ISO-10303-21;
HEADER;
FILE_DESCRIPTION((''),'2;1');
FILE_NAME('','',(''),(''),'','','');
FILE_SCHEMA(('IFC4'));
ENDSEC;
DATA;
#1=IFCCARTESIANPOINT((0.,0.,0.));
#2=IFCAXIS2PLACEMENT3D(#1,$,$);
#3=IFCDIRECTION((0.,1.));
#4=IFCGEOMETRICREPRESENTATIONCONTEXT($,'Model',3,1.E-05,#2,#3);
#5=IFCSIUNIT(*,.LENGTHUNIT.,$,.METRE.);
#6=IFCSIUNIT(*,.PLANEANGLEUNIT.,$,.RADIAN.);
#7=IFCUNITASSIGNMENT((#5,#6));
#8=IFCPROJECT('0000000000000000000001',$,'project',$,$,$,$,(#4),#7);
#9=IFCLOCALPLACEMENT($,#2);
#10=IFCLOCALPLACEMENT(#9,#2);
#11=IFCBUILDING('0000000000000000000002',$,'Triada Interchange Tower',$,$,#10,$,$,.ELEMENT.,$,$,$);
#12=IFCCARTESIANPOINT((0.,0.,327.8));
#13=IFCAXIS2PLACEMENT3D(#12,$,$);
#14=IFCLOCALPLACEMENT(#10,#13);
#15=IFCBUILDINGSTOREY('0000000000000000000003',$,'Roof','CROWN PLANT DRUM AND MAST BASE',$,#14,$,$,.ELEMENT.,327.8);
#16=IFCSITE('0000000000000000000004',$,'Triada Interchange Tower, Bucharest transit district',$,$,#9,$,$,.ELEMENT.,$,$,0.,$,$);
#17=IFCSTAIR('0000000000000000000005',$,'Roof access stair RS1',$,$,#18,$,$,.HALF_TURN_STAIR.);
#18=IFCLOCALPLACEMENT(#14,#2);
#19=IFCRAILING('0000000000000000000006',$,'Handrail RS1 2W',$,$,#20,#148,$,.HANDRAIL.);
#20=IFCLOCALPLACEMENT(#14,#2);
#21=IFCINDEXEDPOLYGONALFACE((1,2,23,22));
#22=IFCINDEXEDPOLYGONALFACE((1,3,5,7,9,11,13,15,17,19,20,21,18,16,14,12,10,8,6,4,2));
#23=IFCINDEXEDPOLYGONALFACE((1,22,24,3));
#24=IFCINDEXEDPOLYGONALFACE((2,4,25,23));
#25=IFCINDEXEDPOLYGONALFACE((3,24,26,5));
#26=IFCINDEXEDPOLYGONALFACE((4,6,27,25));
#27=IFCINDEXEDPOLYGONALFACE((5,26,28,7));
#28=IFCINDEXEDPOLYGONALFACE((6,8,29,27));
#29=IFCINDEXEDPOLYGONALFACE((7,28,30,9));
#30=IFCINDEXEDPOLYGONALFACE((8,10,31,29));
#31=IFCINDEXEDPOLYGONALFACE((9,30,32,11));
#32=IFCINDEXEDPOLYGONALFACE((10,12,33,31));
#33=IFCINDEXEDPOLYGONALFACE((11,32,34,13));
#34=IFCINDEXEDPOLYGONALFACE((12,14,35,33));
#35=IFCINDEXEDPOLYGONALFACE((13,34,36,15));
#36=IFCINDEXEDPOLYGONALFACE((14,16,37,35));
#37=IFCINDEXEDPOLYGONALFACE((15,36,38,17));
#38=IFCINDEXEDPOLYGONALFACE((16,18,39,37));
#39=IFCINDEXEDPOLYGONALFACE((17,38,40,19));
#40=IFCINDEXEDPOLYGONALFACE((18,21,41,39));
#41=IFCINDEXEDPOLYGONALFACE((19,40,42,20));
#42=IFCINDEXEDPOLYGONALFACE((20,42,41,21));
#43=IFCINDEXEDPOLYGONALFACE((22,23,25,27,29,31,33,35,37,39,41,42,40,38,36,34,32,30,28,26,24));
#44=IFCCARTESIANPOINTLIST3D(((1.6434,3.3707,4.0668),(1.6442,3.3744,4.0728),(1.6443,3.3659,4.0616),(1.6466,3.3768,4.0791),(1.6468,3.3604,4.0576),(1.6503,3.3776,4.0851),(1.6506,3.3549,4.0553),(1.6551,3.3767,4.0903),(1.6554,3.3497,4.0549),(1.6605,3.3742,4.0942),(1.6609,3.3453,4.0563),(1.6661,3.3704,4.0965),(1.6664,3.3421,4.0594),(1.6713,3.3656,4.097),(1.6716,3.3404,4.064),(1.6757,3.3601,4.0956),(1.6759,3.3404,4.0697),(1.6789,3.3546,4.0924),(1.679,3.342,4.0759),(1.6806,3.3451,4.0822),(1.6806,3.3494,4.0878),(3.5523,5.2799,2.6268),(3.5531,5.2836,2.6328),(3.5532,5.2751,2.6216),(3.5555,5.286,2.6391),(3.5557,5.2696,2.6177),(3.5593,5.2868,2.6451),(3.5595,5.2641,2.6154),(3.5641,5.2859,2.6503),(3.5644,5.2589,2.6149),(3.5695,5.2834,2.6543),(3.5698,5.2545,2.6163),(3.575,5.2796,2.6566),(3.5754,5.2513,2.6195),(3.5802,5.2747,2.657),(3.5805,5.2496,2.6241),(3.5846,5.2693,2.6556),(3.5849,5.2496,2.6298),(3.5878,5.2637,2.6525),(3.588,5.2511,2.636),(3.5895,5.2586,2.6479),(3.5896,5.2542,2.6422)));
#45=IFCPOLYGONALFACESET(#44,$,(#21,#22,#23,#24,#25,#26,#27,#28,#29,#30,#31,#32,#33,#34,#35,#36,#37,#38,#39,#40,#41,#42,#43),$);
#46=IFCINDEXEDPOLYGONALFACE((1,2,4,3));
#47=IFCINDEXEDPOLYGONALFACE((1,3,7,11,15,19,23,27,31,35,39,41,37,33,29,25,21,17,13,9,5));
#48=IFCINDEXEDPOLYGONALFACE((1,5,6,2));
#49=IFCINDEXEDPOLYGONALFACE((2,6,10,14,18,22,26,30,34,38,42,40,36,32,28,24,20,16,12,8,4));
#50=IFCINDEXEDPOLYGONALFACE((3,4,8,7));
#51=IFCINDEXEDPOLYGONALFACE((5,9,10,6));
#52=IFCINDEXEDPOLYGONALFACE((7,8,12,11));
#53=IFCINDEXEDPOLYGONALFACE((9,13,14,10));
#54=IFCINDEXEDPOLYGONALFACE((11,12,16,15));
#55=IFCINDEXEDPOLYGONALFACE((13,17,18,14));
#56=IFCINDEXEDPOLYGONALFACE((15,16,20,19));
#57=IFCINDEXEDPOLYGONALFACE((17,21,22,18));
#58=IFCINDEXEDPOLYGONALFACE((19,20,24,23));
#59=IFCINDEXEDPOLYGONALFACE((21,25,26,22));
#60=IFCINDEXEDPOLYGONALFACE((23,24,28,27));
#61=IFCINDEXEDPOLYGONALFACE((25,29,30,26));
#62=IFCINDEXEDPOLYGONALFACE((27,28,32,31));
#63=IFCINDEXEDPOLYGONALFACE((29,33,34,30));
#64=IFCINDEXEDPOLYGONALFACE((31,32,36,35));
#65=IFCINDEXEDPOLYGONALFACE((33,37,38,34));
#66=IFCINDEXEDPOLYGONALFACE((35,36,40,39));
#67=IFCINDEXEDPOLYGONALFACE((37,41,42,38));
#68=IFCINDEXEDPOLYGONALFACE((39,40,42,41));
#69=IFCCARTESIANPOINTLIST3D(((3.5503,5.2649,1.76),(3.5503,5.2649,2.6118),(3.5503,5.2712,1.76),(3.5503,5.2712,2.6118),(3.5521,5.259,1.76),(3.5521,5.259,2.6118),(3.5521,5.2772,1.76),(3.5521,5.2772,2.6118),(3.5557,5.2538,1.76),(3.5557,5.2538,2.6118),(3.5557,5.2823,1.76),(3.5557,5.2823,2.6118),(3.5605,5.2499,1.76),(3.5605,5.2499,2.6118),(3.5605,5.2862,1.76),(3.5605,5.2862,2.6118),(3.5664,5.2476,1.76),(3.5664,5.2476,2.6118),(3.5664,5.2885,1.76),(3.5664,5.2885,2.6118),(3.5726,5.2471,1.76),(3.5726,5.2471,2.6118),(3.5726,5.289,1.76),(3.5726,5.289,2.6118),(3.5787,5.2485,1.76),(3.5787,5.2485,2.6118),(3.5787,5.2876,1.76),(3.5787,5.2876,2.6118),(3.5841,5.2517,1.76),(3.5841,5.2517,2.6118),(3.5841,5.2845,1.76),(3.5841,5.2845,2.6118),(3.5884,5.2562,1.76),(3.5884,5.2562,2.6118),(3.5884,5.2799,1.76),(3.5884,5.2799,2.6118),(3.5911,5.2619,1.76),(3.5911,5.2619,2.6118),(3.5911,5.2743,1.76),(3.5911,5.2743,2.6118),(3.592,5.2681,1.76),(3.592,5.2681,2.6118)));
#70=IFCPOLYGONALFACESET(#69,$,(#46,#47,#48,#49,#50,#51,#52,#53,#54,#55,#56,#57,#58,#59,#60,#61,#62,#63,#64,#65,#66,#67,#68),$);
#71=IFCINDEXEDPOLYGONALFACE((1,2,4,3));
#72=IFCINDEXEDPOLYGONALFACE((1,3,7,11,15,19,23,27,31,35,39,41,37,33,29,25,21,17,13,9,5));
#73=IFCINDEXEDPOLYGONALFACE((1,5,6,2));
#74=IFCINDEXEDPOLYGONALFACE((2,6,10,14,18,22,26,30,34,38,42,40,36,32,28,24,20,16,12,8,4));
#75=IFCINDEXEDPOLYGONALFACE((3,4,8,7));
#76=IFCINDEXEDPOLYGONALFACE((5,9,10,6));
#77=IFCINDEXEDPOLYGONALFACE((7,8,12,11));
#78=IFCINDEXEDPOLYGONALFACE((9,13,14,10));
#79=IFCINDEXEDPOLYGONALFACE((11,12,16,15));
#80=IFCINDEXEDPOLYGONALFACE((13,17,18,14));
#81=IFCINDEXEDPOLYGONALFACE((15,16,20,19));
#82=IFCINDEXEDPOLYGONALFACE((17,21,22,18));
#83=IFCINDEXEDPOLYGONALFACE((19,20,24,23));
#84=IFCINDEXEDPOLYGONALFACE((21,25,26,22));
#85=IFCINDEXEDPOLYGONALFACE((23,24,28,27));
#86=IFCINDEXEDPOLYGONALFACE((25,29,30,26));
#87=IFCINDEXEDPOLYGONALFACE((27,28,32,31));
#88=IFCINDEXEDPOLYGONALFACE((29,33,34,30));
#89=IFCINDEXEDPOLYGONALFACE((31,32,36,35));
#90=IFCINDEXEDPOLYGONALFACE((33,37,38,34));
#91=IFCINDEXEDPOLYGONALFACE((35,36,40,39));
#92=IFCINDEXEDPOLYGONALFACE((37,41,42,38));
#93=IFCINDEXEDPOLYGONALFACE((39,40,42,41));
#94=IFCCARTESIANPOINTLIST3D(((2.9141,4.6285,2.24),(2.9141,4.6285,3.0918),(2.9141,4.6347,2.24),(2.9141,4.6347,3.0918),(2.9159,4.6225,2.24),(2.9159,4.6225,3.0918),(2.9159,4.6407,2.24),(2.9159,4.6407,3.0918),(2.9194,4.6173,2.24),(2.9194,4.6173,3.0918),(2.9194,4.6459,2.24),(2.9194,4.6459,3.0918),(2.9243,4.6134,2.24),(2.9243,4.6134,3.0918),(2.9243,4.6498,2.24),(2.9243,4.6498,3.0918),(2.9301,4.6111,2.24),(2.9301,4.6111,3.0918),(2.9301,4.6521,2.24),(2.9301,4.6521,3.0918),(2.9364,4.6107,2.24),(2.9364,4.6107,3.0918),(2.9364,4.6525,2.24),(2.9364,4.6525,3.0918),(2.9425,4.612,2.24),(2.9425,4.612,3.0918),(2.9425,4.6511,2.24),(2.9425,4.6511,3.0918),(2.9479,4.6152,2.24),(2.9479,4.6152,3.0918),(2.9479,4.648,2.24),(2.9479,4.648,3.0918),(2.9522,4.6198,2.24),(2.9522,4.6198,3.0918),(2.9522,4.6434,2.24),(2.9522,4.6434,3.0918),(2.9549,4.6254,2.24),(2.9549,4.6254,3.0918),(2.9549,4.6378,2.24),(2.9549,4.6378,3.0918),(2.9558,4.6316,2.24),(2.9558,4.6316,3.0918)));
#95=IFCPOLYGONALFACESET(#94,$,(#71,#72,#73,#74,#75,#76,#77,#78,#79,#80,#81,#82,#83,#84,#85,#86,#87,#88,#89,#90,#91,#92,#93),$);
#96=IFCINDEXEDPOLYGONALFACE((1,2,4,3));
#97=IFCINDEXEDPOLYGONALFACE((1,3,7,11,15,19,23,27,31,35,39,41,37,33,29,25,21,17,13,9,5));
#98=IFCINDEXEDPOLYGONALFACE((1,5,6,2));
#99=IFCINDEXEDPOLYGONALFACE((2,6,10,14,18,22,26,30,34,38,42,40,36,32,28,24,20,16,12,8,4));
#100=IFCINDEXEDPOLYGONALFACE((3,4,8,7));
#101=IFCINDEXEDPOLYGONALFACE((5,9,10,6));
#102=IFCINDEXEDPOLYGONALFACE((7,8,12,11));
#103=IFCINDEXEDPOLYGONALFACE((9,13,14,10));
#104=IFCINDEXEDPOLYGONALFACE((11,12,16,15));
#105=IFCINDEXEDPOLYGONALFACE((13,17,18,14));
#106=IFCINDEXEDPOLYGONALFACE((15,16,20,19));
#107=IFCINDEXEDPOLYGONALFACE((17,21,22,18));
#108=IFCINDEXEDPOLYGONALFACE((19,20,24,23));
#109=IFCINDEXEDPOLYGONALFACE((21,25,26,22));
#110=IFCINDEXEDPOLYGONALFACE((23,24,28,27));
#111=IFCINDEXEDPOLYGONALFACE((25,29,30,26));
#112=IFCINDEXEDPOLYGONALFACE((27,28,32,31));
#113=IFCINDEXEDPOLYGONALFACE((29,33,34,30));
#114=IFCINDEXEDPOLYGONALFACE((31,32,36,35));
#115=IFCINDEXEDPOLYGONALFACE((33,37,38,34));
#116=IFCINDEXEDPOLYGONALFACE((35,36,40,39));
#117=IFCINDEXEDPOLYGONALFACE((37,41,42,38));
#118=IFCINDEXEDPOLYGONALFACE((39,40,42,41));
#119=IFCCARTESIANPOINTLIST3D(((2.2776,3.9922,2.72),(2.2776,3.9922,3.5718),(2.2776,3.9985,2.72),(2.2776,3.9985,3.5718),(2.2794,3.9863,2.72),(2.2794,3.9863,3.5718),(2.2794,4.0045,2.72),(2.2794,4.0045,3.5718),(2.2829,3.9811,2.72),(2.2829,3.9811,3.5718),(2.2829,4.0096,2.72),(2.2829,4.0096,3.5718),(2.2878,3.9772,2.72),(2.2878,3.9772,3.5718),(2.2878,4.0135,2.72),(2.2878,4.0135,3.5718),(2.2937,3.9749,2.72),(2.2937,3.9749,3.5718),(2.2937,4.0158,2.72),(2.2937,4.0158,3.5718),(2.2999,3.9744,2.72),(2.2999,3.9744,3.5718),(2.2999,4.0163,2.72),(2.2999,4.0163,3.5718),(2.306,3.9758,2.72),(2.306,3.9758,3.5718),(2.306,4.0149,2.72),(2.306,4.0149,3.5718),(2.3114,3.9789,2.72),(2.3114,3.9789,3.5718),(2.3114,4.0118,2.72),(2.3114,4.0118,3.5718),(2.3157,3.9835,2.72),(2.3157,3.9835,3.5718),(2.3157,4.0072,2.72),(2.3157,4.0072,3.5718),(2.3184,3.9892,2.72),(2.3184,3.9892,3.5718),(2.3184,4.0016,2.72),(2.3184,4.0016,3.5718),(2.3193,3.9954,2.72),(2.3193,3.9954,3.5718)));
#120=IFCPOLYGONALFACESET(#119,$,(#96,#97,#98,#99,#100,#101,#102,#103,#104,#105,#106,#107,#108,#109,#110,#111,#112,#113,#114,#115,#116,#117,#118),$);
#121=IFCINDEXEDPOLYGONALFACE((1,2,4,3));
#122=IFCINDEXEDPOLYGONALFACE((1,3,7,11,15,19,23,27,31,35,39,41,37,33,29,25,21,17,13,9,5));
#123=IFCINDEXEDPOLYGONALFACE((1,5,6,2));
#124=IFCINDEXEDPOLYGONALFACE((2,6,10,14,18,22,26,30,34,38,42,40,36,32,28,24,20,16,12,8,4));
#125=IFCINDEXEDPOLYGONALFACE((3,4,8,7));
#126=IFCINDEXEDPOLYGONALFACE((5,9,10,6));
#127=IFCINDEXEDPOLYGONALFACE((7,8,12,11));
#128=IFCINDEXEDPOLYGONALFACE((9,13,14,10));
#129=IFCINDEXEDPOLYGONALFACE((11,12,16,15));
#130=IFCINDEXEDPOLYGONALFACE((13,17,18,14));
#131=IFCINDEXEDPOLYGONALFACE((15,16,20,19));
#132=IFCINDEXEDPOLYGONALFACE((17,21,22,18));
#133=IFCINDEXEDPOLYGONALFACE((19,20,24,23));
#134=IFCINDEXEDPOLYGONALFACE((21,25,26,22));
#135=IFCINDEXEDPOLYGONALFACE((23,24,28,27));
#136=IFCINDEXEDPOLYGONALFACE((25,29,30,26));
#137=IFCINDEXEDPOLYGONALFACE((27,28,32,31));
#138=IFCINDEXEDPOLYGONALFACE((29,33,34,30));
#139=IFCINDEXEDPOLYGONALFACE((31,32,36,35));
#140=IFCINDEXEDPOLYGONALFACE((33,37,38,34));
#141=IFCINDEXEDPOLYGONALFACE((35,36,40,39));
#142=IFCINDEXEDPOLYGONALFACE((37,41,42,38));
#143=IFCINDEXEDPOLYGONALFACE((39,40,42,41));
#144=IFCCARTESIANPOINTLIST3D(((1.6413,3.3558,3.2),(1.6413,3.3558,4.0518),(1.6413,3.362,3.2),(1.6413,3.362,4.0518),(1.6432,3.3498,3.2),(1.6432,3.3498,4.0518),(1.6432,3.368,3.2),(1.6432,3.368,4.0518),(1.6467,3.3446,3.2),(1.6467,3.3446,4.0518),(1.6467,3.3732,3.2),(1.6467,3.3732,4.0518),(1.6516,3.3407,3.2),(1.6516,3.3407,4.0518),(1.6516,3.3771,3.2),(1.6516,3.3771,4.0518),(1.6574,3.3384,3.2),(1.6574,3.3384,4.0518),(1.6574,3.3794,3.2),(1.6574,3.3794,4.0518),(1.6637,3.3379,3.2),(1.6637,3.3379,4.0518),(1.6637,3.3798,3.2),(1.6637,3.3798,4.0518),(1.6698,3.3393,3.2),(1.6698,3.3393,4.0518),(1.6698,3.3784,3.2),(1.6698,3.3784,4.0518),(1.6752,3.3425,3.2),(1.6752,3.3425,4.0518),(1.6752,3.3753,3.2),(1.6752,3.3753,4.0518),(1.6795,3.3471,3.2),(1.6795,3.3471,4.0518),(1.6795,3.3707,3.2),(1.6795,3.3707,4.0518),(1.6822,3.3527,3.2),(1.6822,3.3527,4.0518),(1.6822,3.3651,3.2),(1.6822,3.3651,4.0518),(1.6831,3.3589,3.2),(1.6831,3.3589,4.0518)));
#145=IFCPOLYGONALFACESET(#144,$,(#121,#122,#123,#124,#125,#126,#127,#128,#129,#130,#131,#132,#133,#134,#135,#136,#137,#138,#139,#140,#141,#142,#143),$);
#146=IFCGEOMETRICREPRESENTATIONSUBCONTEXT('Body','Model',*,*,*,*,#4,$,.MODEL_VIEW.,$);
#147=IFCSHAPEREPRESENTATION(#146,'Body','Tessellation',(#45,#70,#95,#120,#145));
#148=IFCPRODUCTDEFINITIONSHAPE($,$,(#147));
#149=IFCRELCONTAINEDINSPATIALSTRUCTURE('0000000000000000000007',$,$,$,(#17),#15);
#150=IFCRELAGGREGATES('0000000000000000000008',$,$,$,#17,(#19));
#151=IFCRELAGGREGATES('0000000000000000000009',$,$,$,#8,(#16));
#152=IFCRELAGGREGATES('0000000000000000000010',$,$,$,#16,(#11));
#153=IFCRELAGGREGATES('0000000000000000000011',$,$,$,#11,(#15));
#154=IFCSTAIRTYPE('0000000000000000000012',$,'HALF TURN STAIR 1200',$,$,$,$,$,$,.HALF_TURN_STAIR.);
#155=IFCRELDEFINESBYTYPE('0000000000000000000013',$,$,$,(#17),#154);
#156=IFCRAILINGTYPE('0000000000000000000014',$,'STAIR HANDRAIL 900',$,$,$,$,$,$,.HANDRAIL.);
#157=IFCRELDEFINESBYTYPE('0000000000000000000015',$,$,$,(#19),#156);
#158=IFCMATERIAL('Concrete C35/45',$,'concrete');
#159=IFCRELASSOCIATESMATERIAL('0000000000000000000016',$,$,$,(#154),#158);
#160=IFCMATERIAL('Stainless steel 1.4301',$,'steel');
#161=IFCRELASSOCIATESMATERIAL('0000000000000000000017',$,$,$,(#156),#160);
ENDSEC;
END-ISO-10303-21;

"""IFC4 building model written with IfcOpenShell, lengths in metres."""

from ifc_helpers import new_model, si_unit, direction, frame, origin, origin_2d, place, context, subcontext, project, spatial, circle, extrude, material, type_object, element, aggregate, save


model = new_model("IFC4")

# Units and contexts
model_context = context("Model", 3, precision=1e-05, world=origin(), true_north=direction((0.0, 1.0)))
body_context = subcontext(model_context, "Body", "Model", "MODEL_VIEW")
ifc_project = project(units=[si_unit("LENGTHUNIT", "METRE"), si_unit("PLANEANGLEUNIT", "RADIAN")], contexts=[model_context])

# Site, building, storey
site_placement = place(None, origin())
site = spatial("IfcSite", under=ifc_project, at=site_placement, Name="Triada Interchange Tower, Bucharest transit district", CompositionType="ELEMENT", RefElevation=0.0)
building_placement = place(site_placement, origin())
building = spatial("IfcBuilding", under=site, at=building_placement, Name="Triada Interchange Tower", CompositionType="ELEMENT")
storey_placement = place(building_placement, frame((0.0, 0.0, 327.8)))
storey = spatial("IfcBuildingStorey", under=building, at=storey_placement, Name="Roof", Description="CROWN PLANT DRUM AND MAST BASE", CompositionType="ELEMENT", Elevation=327.8)

# Stair
ifc_material_1 = material(Name="Concrete C35/45", Category="concrete")
stair_type = type_object("IfcStairType", Name="HALF TURN STAIR 1200", PredefinedType="HALF_TURN_STAIR", material=ifc_material_1)
stair_placement = place(storey_placement, origin())
stair = element("IfcStair", 1, at=stair_placement, inside=storey, type_object=stair_type, Name="Roof access stair RS1", PredefinedType="HALF_TURN_STAIR")

# Railing
ifc_material_2 = material(Name="Stainless steel 1.4301", Category="steel")
railing_type_1 = type_object("IfcRailingType", Name="STAIR HANDRAIL 900", PredefinedType="HANDRAIL", material=ifc_material_2)
railing_1_placement = place(storey_placement, frame((3.571, 5.2681, 1.76)))
railing_1 = element("IfcRailing", 2, at=railing_1_placement, type_object=railing_type_1, Name="Handrail RS1 2W", PredefinedType="HANDRAIL", context=body_context, shape_type="SweptSolid", body=[
    extrude(circle(Radius=0.0239, at=origin_2d()), frame((0.0, 0.0, 0.876), z_axis=(-0.623874, -0.623954, 0.470598), x_axis=(0.707152, -0.707062, 0.0)), (0.0, 0.0, 1.0), 3.0598),
    extrude(circle(Radius=0.021, at=origin_2d()), origin(), (0.0, 0.0, 1.0), 0.8518),
    extrude(circle(Radius=0.021, at=origin_2d()), frame((-0.6362, -0.6365, 0.48)), (0.0, 0.0, 1.0), 0.8518),
    extrude(circle(Radius=0.021, at=origin_2d()), frame((-1.2727, -1.2727, 0.96)), (0.0, 0.0, 1.0), 0.8518),
    extrude(circle(Radius=0.021, at=origin_2d()), frame((-1.9089, -1.9092, 1.4399)), (0.0, 0.0, 1.0), 0.8518),
])
aggregate(stair, [railing_1])

save(model, "model.ifc")
